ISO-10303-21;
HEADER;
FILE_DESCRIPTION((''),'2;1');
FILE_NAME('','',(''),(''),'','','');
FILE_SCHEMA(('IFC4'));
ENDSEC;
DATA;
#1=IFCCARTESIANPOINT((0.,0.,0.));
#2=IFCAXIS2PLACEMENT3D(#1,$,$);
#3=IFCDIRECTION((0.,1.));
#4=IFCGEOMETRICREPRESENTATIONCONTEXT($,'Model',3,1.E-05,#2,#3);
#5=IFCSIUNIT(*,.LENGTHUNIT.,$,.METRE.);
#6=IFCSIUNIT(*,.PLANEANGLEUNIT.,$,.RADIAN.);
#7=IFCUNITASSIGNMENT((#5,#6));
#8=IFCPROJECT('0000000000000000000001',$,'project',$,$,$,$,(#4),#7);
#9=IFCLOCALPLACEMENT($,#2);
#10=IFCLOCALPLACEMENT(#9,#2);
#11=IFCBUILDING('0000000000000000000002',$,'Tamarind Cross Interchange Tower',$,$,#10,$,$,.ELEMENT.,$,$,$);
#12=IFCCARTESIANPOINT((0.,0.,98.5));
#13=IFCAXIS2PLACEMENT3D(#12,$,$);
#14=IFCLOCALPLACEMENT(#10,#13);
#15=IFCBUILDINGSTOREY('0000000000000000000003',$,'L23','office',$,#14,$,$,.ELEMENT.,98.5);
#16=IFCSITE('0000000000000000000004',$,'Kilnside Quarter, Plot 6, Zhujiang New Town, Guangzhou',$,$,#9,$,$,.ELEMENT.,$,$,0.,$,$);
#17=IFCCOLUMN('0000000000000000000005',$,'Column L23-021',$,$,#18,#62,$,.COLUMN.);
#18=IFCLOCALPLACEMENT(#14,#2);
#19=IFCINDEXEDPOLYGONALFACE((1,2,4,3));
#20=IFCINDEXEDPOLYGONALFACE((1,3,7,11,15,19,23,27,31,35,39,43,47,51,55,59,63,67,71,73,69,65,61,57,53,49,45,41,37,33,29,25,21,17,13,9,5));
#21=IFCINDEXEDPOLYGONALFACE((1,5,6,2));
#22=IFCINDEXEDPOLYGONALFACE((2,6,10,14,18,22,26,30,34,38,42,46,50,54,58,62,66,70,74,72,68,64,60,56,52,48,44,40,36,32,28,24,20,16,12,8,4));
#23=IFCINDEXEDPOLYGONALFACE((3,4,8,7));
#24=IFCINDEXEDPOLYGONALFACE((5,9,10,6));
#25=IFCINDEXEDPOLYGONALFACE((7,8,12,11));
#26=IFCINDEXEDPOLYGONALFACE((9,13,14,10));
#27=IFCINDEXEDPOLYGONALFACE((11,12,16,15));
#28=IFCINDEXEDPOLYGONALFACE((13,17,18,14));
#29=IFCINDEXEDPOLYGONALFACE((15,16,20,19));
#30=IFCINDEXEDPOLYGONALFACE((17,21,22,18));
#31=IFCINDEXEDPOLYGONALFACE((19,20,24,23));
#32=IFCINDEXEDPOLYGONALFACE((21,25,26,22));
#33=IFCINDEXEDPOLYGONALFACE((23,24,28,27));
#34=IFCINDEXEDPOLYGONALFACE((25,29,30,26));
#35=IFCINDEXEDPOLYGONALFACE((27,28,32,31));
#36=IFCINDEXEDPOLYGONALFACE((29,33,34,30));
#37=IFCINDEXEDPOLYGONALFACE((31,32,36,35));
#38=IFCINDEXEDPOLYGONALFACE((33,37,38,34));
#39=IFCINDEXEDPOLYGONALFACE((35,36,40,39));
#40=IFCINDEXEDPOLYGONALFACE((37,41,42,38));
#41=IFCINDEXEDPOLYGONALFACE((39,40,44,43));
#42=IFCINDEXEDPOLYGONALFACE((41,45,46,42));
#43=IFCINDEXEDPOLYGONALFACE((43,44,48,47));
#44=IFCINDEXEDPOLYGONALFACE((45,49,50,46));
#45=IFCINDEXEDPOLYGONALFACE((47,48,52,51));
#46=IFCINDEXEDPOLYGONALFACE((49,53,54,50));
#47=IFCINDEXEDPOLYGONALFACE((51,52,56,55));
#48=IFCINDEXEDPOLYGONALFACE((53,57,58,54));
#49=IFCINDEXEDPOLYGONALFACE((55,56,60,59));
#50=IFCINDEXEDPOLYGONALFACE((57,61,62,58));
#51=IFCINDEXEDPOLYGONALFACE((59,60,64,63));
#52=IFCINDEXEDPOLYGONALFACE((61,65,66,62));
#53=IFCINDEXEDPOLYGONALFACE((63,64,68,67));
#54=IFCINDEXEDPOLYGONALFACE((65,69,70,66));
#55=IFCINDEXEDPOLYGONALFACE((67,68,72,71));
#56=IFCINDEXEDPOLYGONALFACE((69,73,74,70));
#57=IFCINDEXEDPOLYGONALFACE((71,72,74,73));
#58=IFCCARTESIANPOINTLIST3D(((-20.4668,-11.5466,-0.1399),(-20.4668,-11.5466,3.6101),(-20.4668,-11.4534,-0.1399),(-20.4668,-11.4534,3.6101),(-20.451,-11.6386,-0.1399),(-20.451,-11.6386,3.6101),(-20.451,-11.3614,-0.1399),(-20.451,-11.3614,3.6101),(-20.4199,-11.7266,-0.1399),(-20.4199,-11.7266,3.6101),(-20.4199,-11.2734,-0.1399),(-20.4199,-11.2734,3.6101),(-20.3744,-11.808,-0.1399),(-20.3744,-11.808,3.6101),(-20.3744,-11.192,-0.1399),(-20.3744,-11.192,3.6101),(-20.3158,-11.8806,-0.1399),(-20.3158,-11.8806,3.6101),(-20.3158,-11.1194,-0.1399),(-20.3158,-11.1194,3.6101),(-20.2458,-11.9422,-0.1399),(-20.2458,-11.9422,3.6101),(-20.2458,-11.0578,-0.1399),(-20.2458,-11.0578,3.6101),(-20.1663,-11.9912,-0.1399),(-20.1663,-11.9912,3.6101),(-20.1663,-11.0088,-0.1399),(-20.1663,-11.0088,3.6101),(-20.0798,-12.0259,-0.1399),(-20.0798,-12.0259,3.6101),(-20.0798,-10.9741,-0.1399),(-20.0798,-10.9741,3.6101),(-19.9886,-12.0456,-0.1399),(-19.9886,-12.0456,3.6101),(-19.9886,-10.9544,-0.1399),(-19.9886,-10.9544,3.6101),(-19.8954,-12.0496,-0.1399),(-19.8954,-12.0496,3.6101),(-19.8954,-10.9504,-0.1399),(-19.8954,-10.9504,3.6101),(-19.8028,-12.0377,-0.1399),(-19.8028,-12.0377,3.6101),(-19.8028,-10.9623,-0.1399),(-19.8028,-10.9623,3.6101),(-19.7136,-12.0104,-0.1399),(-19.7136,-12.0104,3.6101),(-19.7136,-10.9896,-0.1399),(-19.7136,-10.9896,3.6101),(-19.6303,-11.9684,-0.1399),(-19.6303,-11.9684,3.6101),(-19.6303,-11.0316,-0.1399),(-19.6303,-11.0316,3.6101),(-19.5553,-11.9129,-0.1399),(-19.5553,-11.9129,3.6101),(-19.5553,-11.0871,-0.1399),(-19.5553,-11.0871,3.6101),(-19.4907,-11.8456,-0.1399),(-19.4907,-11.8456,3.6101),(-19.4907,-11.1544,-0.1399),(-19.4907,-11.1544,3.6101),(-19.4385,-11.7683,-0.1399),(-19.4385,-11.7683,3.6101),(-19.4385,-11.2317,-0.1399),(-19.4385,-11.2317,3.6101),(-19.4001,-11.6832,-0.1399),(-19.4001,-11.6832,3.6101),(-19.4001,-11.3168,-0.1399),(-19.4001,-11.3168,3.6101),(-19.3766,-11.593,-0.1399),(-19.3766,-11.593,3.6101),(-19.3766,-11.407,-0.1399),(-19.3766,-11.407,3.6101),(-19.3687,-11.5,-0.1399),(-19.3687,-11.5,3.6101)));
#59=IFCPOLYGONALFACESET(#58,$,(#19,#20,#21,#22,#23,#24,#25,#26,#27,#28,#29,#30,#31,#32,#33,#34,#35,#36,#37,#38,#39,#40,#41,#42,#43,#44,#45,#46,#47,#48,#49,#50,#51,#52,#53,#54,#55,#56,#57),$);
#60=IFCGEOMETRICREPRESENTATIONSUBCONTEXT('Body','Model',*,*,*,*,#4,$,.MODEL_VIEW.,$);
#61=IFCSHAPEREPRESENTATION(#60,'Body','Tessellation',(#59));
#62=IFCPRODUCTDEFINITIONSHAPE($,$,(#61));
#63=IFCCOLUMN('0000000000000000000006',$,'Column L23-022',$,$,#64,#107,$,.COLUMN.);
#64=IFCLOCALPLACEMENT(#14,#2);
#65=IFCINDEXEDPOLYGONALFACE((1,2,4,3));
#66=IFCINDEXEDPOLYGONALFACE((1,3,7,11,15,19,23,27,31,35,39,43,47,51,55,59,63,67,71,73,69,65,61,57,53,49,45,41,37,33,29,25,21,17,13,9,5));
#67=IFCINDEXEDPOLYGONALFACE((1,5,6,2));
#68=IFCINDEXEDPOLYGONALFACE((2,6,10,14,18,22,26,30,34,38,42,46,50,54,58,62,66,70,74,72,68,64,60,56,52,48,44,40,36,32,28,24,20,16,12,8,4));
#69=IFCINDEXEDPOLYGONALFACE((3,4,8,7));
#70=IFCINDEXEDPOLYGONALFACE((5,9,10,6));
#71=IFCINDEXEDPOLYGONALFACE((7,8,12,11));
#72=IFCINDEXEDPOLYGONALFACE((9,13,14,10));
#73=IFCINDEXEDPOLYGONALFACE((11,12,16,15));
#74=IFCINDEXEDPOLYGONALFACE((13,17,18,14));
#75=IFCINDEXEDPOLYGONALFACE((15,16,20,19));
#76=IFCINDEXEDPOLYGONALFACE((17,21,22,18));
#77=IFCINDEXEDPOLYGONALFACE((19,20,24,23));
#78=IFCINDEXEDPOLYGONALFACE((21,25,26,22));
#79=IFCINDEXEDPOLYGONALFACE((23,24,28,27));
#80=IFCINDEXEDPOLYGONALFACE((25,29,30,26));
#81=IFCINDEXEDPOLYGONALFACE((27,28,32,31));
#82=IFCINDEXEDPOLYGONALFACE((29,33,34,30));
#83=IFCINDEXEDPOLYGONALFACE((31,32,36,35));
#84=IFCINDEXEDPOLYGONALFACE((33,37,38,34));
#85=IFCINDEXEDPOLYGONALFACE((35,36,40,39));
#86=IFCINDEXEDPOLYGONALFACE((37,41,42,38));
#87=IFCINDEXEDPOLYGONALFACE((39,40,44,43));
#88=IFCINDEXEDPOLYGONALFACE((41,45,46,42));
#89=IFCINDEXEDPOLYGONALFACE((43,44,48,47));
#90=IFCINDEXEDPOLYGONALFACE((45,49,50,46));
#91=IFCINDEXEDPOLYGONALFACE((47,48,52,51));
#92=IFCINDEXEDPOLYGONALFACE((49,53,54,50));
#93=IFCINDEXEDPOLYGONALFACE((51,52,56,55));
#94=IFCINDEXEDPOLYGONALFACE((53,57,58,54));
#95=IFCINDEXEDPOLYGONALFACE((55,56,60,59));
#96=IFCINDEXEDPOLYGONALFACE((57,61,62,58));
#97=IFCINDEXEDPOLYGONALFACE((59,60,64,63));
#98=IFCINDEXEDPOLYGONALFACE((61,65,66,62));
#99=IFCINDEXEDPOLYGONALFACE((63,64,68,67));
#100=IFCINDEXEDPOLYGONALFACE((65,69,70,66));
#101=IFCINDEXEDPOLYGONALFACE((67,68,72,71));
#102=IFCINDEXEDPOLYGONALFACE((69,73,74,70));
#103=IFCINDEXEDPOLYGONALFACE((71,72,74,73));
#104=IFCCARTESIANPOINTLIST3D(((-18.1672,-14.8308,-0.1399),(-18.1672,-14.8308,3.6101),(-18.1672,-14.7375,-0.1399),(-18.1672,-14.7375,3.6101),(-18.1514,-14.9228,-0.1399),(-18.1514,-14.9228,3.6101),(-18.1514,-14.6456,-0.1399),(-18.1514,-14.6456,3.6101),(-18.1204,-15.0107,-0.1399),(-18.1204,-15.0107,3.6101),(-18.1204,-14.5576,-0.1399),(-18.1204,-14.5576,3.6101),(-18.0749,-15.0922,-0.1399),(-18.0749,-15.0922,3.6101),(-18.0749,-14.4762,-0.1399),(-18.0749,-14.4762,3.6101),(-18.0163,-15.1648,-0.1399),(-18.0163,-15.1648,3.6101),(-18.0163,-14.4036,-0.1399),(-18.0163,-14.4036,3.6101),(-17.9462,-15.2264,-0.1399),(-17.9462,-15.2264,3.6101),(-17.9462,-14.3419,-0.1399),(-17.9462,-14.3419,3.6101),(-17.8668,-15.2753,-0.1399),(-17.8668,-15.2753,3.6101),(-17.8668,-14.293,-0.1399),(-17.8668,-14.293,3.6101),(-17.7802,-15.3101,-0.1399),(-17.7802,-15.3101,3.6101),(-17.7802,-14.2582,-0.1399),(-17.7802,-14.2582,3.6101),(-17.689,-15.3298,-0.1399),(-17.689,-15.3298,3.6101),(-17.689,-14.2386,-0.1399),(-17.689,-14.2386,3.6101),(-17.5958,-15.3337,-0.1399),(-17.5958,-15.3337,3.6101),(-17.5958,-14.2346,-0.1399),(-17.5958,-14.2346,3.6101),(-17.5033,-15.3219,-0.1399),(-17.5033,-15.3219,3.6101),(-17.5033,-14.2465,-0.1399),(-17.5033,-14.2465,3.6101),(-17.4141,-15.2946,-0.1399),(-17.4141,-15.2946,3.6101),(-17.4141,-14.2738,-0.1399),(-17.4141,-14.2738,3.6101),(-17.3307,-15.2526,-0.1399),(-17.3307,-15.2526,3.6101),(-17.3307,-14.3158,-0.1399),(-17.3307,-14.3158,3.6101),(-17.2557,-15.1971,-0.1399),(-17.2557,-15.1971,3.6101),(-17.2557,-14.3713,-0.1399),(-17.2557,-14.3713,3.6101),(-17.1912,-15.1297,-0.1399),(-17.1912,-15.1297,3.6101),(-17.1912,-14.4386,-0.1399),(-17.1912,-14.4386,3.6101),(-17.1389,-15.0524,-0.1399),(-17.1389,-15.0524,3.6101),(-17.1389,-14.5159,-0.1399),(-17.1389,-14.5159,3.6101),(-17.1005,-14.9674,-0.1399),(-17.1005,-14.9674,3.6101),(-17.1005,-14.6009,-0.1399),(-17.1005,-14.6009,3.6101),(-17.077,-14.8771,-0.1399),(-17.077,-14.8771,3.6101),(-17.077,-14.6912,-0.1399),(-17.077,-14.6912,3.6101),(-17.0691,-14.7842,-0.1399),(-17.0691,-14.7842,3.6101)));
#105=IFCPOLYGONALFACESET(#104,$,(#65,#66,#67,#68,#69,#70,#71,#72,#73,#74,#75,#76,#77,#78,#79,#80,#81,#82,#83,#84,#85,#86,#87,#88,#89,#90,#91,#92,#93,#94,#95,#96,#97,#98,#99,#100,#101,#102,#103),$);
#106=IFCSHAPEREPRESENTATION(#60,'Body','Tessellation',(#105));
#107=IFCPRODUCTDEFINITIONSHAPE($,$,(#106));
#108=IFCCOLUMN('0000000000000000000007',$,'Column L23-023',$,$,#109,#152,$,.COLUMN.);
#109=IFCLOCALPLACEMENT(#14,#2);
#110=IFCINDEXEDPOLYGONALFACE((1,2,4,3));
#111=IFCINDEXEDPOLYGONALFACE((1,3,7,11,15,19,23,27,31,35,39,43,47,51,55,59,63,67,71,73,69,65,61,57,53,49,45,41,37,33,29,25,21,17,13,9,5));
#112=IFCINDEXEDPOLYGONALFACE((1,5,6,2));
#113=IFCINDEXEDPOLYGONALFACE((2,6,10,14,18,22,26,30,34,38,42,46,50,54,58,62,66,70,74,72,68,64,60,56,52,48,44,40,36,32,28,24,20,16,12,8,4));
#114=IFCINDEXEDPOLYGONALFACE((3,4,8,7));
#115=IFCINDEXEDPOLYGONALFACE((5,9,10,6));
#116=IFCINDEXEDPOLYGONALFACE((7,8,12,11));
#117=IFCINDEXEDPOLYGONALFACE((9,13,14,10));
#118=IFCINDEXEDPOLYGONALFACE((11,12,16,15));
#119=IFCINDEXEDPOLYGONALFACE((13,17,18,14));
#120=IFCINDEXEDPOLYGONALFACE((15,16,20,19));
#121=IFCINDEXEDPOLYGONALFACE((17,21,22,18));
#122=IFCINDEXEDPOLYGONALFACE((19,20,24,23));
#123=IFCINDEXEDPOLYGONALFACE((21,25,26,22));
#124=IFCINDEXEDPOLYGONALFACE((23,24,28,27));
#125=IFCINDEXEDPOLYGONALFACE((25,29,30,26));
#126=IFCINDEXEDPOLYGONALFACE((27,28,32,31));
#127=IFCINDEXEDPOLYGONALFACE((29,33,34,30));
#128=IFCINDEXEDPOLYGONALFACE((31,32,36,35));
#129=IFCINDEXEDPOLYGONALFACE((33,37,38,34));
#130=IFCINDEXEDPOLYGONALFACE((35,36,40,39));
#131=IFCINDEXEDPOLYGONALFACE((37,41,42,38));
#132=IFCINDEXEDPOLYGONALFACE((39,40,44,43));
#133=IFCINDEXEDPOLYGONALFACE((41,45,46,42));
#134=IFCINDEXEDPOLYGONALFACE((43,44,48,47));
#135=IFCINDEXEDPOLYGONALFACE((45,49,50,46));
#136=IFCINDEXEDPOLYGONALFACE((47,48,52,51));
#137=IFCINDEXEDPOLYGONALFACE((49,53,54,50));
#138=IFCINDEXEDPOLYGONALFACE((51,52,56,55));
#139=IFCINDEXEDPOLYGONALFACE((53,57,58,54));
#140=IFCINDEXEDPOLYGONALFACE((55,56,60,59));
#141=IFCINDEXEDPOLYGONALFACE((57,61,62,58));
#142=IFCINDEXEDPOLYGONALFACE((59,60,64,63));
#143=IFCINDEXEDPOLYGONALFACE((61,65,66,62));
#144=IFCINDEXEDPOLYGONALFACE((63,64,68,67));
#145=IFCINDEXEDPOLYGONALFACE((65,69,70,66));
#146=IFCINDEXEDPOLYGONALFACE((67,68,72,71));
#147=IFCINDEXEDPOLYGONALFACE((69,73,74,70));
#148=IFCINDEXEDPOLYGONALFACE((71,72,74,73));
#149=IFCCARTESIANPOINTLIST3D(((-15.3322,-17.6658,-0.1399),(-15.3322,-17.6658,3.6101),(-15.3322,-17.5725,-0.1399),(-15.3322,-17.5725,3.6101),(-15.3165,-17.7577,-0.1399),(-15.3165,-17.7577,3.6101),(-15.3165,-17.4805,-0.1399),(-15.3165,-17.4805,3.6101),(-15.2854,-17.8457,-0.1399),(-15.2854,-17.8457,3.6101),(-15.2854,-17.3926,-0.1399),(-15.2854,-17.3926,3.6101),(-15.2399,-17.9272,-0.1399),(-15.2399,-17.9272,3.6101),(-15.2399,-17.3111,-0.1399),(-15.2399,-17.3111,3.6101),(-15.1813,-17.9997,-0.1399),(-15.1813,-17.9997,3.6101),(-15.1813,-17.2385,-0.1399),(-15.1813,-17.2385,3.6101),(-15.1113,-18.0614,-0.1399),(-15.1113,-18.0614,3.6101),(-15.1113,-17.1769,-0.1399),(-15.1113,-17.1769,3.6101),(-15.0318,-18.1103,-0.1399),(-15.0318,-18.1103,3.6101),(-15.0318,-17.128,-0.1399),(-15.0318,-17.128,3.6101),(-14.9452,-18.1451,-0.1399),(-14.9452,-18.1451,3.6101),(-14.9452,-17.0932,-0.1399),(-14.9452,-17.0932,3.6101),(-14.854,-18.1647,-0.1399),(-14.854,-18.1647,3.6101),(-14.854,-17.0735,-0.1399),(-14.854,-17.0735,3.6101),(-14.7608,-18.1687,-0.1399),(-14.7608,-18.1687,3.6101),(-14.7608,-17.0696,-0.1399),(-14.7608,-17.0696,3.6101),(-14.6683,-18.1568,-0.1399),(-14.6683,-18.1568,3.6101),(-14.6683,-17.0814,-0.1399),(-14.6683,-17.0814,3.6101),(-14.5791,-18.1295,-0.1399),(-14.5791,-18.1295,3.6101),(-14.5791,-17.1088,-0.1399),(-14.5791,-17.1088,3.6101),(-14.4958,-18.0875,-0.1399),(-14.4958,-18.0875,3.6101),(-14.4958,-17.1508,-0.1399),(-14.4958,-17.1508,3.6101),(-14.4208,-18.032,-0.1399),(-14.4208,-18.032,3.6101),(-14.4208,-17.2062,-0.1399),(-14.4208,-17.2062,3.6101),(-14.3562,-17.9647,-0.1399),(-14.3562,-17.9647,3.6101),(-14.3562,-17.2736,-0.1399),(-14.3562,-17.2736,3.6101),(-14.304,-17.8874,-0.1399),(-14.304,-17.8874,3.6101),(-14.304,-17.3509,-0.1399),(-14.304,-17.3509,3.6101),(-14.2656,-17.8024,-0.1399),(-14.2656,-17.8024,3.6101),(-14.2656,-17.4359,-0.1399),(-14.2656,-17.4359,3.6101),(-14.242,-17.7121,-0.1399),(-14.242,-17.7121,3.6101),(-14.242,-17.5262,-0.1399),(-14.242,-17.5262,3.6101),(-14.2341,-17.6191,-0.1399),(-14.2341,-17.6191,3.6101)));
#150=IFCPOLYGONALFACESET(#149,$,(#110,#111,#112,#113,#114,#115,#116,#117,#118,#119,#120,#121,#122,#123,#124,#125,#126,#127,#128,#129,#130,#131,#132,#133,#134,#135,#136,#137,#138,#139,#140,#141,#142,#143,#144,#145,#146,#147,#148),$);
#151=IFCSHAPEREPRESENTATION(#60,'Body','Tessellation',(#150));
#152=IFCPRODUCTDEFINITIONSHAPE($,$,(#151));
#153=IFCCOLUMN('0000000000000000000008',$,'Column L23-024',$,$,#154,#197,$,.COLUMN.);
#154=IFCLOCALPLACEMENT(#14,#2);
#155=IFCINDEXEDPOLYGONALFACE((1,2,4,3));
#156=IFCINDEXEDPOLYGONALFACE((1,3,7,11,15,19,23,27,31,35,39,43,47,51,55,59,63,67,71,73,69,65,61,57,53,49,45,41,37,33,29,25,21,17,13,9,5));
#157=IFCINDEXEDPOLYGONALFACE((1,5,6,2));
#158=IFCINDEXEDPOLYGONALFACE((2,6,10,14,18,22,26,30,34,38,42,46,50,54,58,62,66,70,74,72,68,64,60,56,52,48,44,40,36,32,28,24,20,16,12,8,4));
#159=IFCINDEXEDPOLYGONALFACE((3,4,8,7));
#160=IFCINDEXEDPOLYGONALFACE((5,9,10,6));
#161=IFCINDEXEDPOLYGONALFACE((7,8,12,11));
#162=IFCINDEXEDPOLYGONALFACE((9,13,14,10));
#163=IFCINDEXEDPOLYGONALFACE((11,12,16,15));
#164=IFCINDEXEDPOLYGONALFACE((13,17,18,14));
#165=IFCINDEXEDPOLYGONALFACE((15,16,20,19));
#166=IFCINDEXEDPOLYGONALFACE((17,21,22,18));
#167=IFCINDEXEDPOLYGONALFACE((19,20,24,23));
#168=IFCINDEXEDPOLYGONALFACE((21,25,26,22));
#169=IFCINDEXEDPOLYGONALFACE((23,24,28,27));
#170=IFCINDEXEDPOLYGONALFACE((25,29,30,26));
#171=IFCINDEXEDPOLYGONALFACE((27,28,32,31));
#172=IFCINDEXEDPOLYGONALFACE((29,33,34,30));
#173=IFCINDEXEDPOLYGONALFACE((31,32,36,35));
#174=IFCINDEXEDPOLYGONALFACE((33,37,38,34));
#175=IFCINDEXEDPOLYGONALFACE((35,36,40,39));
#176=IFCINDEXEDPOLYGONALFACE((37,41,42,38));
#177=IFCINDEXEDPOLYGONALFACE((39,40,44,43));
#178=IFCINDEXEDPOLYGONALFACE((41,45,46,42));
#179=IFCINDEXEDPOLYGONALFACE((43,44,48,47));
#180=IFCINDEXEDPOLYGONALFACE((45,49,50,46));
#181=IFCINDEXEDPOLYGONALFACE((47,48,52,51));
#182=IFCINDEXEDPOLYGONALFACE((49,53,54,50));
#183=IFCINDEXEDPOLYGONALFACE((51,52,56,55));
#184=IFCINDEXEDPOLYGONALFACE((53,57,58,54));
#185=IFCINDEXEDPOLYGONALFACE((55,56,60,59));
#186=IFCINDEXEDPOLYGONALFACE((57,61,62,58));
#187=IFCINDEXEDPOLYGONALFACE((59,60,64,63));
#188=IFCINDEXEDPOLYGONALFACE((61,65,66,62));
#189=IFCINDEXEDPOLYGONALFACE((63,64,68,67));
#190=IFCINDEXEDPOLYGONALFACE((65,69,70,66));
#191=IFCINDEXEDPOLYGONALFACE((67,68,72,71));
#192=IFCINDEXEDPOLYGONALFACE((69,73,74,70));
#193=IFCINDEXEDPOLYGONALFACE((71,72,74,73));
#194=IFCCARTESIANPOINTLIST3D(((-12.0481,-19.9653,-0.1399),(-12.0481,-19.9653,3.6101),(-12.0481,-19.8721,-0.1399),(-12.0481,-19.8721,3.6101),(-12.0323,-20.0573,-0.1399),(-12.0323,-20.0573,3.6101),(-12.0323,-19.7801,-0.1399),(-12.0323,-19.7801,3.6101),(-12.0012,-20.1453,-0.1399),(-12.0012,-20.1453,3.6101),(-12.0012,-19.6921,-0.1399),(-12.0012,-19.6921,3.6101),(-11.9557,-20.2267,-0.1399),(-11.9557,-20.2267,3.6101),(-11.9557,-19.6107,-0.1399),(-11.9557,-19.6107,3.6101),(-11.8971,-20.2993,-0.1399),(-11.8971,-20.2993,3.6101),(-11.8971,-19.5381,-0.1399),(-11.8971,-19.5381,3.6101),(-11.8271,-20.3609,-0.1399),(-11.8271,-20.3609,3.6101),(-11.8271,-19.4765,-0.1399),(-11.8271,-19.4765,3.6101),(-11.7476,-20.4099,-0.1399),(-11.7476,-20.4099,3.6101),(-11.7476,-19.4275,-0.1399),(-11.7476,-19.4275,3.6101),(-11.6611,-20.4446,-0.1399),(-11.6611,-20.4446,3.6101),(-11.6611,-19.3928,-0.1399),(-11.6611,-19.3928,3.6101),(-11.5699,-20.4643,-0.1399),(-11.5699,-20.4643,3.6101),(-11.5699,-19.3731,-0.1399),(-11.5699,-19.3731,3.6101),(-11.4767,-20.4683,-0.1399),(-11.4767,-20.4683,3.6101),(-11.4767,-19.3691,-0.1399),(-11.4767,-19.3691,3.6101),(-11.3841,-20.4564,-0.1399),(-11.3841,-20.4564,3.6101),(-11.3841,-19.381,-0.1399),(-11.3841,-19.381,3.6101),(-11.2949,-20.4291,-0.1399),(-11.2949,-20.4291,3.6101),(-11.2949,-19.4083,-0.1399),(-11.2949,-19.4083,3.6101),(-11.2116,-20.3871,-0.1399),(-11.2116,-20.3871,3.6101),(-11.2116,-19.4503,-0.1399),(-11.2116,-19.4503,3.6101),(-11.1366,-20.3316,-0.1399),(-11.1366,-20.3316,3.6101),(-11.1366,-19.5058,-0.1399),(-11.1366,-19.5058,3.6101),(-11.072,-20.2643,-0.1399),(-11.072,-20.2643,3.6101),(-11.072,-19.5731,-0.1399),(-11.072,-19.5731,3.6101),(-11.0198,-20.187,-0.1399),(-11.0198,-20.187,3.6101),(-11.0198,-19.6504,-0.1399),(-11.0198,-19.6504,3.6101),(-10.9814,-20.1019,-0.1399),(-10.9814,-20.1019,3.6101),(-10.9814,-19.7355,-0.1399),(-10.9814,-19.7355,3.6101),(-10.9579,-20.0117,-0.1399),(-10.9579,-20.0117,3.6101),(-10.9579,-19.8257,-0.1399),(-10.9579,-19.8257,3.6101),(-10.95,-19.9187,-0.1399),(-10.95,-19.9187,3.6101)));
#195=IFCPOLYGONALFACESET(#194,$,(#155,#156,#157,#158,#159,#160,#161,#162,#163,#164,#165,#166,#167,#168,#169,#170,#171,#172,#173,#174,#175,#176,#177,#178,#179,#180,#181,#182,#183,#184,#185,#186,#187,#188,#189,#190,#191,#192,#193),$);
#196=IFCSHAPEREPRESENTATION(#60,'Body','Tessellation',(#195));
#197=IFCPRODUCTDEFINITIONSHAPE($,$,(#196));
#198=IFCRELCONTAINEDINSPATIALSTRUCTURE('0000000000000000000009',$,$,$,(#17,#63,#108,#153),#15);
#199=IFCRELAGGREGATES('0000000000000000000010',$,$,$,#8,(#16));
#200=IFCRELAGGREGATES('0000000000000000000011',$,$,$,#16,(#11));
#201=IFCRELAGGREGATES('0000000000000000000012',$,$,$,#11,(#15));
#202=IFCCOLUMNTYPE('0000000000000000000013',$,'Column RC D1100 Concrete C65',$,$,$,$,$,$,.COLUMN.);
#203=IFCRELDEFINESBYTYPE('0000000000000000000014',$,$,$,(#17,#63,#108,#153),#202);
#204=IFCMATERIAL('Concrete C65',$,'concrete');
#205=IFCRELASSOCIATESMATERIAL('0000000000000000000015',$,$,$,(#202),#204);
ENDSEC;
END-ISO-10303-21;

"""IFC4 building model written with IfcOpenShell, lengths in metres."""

from ifc_helpers import new_model, si_unit, direction, frame, origin, origin_2d, place, context, subcontext, project, spatial, circle, extrude, material, material_profile, profile_set, type_object, element, save


model = new_model("IFC4")

# Units and contexts
model_context = context("Model", 3, precision=1e-05, world=origin(), true_north=direction((0.0, 1.0)))
body_context = subcontext(model_context, "Body", "Model", "MODEL_VIEW")
ifc_project = project(units=[si_unit("LENGTHUNIT", "METRE"), si_unit("PLANEANGLEUNIT", "RADIAN")], contexts=[model_context])

# Site, building, storey
site_placement = place(None, origin())
site = spatial("IfcSite", under=ifc_project, at=site_placement, Name="Kilnside Quarter, Plot 6, Zhujiang New Town, Guangzhou", CompositionType="ELEMENT", RefElevation=0.0)
building_placement = place(site_placement, origin())
building = spatial("IfcBuilding", under=site, at=building_placement, Name="Tamarind Cross Interchange Tower", CompositionType="ELEMENT")
storey_placement = place(building_placement, frame((0.0, 0.0, 98.5)))
storey = spatial("IfcBuildingStorey", under=building, at=storey_placement, Name="L23", Description="office", CompositionType="ELEMENT", Elevation=98.5)

# Columns
ifc_material_1 = material(Name="Concrete C65", Category="concrete")
ifc_material_profile_1 = material_profile(ifc_material_1, circle(Radius=0.55, at=origin_2d()), Name="RC D1100")
ifc_profile_set_1 = profile_set([ifc_material_profile_1], Name="Concrete C65")
column_type = type_object("IfcColumnType", Name="Column RC D1100 Concrete C65", PredefinedType="COLUMN", material=ifc_profile_set_1)
for number, where, z_axis, x_axis, name in (
    (1, (-19.9187, -11.5, -0.1399), (0.0, 0.0, 1.0), (1.0, 0.0, 0.0), "Column L23-021"),
    (2, (-17.6191, -14.7842, -0.1399), (0.0, 0.0, 1.0), (1.0, 0.0, 0.0), "Column L23-022"),
    (3, (-14.7842, -17.6191, -0.1399), (0.0, 0.0, 1.0), (1.0, 0.0, 0.0), "Column L23-023"),
    (4, (-11.5, -19.9187, -0.1399), (0.0, 0.0, 1.0), (1.0, 0.0, 0.0), "Column L23-024"),
):
    element("IfcColumn", number, at=place(storey_placement, frame(where, z_axis=z_axis, x_axis=x_axis)), inside=storey, type_object=column_type, Name=name, PredefinedType="COLUMN", context=body_context, shape_type="SweptSolid", body=[
        extrude(circle(Radius=0.55, at=origin_2d()), origin(), (0.0, 0.0, 1.0), 3.75),
    ])

save(model, "model.ifc")
